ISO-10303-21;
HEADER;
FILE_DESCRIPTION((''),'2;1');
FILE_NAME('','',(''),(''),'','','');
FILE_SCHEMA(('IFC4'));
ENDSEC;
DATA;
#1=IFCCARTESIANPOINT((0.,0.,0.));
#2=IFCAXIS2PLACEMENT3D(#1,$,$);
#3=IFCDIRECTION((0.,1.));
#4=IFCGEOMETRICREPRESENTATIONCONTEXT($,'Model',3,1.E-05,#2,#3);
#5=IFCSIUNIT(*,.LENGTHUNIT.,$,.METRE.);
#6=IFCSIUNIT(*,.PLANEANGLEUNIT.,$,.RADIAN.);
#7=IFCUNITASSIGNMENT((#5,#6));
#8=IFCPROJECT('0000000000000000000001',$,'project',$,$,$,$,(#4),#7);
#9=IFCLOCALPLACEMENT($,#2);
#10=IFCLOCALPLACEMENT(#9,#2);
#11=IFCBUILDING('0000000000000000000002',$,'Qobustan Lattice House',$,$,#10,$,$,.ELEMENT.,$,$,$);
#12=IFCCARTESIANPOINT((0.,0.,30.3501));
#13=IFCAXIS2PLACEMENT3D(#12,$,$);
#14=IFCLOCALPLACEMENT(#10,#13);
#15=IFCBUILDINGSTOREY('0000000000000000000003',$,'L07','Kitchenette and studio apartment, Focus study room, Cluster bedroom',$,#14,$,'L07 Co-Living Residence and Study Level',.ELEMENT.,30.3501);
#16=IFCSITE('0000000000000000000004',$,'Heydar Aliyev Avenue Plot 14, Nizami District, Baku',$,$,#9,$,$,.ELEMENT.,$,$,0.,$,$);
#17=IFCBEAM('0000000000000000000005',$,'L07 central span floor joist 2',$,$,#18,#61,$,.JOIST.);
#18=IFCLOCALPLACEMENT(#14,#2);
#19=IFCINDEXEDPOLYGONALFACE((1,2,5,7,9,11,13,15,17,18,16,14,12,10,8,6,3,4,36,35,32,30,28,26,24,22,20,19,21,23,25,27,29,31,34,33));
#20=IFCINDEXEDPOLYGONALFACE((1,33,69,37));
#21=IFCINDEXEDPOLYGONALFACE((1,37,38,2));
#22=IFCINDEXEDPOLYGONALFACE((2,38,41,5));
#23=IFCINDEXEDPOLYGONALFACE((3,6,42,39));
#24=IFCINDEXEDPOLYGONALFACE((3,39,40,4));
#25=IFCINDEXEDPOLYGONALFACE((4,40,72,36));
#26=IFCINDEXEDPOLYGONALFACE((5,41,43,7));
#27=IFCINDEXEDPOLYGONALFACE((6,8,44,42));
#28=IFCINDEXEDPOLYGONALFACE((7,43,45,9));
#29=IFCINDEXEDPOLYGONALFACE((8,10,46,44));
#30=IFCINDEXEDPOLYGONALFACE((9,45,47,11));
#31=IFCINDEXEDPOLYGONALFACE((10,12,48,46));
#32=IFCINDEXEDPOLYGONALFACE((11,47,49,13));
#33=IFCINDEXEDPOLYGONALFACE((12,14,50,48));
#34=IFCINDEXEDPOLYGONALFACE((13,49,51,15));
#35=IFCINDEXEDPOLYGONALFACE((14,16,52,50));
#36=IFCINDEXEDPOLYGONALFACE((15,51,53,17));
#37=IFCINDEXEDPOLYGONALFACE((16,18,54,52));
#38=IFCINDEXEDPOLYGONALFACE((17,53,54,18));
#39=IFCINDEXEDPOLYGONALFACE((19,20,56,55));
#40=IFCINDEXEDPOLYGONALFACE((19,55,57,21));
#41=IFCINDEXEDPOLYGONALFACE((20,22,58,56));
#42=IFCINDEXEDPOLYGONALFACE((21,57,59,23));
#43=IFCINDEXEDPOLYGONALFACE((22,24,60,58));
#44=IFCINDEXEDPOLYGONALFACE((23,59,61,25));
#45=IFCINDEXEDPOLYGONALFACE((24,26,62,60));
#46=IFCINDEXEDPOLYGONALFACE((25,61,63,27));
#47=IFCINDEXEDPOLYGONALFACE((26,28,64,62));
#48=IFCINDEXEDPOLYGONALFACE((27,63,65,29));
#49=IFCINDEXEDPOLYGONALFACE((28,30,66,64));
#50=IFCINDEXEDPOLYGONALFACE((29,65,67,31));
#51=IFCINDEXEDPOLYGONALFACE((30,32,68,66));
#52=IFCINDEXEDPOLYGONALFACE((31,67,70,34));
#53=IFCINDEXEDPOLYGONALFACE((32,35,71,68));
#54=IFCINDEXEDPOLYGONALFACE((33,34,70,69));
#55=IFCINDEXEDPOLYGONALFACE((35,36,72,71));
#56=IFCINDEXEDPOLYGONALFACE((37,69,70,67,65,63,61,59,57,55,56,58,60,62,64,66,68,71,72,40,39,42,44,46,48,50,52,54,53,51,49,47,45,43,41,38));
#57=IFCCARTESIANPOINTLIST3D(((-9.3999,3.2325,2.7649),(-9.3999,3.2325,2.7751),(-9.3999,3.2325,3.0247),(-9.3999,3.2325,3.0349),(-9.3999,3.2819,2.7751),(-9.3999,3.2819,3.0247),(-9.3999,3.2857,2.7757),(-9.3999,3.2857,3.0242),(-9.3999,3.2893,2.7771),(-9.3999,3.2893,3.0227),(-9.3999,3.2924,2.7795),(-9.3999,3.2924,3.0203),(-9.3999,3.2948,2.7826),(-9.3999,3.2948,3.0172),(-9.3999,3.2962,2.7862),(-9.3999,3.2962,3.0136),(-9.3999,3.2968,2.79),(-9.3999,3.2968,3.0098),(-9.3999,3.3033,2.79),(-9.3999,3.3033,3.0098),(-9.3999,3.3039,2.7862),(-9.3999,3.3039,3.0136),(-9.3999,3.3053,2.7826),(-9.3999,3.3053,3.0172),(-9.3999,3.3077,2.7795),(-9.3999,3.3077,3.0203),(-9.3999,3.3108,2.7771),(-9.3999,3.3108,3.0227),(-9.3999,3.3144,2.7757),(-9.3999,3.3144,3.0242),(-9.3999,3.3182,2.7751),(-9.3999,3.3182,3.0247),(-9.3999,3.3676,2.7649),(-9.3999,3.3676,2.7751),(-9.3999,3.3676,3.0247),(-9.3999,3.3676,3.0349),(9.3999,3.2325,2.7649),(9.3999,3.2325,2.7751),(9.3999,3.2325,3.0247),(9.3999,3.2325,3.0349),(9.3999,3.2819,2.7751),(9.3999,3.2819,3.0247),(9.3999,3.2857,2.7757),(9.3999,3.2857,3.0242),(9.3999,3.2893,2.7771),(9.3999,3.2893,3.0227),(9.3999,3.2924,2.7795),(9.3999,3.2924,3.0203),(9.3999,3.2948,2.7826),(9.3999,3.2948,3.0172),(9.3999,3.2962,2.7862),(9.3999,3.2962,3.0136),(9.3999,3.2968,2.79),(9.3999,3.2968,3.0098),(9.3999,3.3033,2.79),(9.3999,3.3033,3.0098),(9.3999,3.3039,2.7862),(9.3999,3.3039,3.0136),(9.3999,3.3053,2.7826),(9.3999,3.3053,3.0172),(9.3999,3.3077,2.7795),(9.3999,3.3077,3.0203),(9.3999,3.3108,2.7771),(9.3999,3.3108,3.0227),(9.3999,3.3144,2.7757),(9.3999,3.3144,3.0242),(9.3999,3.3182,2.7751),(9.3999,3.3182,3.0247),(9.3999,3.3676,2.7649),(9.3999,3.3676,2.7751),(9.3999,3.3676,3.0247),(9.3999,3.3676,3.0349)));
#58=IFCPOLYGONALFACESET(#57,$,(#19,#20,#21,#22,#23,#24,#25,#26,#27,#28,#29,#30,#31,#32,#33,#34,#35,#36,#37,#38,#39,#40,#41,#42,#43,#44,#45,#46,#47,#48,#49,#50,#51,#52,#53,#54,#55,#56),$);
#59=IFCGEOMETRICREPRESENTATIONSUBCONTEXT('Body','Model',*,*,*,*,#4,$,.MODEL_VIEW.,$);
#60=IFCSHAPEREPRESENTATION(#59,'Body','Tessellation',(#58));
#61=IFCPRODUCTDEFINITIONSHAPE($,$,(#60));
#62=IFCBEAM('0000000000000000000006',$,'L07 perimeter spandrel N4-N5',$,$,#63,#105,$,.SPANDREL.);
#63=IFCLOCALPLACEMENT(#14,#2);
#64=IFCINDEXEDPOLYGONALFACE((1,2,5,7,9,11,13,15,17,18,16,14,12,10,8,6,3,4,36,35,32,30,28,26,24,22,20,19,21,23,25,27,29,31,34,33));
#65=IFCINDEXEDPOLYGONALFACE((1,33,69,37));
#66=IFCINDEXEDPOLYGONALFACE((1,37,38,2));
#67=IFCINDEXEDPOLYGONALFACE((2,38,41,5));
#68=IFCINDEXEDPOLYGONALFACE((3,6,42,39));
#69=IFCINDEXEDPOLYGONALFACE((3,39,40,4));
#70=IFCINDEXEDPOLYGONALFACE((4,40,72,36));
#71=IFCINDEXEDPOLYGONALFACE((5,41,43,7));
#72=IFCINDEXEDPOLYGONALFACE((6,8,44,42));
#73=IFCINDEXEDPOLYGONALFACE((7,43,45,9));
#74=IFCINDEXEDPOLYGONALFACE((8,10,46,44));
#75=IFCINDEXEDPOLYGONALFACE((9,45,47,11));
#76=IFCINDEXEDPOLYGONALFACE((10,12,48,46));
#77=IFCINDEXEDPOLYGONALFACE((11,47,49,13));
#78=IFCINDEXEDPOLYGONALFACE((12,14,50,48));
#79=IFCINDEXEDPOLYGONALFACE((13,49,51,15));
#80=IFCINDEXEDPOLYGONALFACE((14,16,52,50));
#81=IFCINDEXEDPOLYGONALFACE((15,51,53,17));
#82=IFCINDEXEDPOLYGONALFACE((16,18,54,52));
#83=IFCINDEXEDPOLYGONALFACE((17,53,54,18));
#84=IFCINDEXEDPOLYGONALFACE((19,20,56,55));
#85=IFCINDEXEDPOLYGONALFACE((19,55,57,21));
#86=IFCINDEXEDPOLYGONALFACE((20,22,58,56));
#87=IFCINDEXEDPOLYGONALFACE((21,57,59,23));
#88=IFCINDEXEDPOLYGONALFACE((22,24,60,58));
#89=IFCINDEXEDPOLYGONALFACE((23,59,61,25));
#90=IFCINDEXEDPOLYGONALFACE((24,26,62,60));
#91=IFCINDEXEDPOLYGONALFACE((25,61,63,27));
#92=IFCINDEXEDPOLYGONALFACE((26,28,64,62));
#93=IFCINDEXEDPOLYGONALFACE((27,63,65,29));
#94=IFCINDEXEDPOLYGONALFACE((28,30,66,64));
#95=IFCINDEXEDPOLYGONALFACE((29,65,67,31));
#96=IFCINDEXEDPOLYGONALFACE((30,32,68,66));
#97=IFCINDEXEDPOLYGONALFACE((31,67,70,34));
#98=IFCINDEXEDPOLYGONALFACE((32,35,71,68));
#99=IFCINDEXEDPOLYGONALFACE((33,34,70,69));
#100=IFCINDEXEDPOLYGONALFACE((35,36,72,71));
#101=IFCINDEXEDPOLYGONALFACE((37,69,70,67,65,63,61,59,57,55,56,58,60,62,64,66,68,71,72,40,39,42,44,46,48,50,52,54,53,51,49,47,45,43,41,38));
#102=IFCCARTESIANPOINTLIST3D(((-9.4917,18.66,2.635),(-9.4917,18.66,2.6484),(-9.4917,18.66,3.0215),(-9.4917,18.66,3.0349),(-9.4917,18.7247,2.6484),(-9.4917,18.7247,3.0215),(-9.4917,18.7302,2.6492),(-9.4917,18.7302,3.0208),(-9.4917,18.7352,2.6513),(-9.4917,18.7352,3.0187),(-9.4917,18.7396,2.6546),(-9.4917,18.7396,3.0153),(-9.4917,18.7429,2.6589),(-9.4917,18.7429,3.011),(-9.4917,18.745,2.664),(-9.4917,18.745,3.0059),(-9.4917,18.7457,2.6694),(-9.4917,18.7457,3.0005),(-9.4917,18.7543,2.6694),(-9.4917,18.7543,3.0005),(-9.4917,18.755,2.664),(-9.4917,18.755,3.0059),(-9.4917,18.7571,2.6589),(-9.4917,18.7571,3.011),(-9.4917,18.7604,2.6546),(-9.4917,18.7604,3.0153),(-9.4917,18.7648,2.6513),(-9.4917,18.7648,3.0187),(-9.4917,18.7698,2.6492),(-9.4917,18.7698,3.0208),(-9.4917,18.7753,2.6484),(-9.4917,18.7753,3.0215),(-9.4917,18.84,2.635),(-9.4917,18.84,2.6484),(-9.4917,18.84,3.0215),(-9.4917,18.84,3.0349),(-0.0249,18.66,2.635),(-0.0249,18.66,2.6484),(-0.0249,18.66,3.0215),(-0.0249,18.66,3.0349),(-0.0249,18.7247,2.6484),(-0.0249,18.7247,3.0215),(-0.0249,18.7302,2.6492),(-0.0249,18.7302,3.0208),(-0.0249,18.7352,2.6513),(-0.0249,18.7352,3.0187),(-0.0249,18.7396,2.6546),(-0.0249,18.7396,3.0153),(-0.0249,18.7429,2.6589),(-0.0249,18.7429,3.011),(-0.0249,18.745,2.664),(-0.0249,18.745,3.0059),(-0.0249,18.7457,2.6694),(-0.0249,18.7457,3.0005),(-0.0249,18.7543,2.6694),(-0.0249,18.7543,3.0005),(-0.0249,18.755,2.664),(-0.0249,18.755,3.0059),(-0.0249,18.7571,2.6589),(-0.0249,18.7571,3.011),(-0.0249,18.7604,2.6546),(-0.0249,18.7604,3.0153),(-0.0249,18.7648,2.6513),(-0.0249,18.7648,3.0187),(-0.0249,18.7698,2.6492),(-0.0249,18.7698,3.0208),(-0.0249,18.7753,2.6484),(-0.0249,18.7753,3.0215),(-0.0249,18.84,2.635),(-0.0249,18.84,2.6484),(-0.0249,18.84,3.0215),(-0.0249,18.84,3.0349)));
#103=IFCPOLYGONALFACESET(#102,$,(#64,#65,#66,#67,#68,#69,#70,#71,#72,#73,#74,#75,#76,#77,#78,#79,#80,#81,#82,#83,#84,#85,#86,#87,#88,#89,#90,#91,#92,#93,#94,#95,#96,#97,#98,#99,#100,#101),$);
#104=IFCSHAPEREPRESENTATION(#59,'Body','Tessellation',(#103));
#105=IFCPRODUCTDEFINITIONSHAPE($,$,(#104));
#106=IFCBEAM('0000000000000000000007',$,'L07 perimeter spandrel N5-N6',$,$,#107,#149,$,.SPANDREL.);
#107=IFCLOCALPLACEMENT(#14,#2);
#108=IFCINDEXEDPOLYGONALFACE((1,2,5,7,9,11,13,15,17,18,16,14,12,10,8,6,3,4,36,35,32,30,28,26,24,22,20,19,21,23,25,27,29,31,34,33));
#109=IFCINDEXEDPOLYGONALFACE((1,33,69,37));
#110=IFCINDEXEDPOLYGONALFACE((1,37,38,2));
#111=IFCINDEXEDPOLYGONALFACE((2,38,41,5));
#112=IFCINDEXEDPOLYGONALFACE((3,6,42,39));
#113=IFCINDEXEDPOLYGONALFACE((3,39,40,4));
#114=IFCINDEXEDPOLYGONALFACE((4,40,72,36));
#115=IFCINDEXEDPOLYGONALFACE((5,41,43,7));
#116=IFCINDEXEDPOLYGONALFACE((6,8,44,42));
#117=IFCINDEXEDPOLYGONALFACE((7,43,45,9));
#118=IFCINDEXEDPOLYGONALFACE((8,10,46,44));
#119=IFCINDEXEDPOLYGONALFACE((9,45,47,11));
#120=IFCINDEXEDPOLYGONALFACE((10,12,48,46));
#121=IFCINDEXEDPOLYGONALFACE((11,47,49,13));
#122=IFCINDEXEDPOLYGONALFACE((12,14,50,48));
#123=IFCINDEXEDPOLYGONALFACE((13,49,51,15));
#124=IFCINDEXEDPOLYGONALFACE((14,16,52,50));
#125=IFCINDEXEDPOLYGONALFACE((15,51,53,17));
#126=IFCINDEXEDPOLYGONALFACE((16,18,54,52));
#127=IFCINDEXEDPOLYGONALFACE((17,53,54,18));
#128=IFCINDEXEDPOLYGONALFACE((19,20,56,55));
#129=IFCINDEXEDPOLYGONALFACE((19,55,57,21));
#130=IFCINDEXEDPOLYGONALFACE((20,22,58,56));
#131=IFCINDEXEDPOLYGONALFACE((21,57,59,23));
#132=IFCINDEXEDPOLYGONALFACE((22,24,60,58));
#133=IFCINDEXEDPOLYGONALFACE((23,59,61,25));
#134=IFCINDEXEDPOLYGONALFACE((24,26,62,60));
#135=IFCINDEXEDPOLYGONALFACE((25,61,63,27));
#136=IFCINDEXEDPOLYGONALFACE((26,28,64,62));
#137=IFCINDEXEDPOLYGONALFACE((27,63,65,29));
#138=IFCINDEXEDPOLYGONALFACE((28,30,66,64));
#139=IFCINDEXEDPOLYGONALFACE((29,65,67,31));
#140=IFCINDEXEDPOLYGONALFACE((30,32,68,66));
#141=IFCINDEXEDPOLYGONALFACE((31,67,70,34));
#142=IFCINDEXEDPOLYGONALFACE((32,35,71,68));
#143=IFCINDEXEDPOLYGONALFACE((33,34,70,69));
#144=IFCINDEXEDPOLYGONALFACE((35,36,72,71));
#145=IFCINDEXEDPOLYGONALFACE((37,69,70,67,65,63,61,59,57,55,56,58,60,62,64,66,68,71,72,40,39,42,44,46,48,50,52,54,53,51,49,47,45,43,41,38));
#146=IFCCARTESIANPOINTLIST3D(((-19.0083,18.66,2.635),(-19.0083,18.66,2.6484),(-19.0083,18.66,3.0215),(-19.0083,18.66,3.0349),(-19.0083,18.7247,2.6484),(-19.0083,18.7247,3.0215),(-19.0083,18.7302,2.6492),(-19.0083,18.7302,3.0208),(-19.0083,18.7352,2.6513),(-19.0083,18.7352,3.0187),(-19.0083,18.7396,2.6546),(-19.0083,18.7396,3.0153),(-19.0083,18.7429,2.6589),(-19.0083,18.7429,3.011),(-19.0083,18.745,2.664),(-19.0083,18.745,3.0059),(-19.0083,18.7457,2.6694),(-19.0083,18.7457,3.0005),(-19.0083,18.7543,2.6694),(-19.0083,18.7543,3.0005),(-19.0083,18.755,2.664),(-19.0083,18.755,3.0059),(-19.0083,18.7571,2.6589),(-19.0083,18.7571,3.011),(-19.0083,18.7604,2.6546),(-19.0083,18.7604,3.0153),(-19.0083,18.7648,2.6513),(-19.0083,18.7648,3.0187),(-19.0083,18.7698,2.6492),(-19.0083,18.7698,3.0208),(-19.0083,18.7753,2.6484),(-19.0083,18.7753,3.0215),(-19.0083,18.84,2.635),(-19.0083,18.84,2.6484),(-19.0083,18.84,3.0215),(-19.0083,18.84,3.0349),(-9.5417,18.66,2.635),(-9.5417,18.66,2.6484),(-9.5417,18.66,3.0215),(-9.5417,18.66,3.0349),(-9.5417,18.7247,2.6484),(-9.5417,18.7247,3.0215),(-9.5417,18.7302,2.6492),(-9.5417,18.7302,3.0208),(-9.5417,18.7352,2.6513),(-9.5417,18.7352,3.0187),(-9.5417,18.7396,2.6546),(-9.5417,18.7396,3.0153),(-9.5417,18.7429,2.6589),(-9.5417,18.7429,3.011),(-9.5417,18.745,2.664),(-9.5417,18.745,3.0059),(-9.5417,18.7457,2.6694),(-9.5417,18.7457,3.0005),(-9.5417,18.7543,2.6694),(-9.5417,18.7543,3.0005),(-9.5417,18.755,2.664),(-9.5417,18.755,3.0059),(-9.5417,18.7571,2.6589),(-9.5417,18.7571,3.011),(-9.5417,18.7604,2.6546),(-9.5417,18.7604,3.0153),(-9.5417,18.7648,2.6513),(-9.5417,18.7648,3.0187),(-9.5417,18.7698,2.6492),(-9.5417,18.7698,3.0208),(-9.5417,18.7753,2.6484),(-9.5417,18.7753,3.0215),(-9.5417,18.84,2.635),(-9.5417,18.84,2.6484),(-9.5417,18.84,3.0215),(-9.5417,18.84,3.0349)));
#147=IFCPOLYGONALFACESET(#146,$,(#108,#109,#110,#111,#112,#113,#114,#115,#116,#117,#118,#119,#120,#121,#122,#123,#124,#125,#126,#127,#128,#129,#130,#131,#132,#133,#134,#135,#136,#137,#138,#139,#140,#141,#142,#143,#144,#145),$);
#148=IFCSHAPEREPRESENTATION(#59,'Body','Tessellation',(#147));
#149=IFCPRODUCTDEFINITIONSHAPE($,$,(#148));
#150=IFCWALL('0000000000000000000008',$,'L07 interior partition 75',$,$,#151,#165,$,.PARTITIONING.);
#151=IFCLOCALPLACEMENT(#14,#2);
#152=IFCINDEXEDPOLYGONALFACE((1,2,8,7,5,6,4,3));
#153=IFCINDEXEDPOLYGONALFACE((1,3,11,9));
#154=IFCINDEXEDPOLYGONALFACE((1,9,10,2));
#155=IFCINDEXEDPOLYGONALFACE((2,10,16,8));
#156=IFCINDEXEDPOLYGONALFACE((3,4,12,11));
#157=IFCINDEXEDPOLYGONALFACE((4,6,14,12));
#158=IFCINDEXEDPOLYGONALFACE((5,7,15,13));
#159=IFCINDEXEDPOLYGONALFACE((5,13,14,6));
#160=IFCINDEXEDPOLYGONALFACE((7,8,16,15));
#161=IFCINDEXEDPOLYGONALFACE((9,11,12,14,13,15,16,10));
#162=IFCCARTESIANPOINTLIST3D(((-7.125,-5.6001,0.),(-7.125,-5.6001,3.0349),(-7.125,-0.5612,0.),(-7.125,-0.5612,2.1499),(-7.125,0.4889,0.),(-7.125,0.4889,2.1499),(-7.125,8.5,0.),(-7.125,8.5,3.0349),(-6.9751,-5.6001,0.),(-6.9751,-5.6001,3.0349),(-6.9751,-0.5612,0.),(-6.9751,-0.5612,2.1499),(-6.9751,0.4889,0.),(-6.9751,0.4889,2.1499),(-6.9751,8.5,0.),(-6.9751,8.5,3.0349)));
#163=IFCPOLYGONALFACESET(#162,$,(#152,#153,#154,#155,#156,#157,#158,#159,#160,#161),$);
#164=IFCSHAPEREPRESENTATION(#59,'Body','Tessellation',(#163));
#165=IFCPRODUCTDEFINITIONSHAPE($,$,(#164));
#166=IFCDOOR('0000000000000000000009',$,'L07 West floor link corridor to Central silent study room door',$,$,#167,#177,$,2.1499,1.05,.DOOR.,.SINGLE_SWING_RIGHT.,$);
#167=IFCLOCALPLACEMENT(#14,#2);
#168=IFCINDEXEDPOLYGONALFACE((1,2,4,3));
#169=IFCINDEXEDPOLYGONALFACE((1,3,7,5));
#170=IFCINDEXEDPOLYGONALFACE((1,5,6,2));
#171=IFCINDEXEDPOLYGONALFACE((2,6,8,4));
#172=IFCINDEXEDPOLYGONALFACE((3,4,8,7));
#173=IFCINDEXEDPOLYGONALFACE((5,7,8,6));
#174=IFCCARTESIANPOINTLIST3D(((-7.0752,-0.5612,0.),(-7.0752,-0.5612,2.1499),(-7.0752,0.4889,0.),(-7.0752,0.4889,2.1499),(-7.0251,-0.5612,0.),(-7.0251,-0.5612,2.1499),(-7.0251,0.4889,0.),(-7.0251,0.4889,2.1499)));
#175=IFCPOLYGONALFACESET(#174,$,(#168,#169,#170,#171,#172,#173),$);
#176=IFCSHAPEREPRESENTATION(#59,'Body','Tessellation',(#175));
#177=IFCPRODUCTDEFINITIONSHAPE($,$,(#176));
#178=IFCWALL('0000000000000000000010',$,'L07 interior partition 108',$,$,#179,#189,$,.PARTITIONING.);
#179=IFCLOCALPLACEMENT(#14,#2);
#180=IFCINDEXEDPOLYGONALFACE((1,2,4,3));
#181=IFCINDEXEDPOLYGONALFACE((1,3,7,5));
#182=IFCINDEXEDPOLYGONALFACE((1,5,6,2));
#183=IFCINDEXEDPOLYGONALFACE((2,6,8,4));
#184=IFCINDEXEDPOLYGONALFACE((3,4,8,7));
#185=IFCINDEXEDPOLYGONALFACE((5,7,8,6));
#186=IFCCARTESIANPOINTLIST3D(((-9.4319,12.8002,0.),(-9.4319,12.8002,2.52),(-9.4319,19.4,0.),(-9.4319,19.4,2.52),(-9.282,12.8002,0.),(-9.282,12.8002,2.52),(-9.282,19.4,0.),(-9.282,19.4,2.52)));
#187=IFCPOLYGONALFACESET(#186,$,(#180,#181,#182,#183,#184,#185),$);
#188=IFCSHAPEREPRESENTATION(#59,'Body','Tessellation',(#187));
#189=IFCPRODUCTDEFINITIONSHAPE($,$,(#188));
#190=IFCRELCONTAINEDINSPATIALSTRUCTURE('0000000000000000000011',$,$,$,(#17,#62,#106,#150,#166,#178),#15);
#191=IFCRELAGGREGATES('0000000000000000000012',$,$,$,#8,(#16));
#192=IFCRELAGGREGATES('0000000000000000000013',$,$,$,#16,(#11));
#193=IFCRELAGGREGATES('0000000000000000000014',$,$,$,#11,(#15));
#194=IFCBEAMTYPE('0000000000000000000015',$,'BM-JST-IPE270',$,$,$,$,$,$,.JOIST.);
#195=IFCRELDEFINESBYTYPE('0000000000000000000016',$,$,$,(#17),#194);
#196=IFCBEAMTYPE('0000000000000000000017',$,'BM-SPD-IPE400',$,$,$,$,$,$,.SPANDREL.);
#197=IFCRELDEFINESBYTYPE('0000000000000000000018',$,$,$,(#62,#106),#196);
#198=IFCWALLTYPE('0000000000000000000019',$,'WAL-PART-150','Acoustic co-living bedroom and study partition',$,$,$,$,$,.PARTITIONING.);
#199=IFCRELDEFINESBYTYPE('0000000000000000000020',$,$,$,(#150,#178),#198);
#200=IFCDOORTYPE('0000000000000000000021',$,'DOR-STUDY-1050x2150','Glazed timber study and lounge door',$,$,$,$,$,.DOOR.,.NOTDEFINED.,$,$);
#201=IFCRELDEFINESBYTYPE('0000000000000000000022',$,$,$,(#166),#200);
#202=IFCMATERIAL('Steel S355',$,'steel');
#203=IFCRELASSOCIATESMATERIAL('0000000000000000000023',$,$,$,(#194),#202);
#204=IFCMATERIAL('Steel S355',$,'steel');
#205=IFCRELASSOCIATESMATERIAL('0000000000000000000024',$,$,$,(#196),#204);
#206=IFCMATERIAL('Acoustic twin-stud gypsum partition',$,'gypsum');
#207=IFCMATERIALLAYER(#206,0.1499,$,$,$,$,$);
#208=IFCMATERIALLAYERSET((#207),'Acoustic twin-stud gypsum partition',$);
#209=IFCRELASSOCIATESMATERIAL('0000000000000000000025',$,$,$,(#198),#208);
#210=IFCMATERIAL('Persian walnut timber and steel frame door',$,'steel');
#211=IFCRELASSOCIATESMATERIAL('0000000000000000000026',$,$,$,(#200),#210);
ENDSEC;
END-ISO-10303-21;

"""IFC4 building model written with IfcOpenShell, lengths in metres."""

from ifc_helpers import new_model, si_unit, direction, frame, frame_2d, origin, origin_2d, place, context, subcontext, project, spatial, rectangle, i_section, extrude, material, layer, layer_set, material_profile, profile_set, type_object, element, fill, save


model = new_model("IFC4")

# Units and contexts
model_context = context("Model", 3, precision=1e-05, world=origin(), true_north=direction((0.0, 1.0)))
body_context = subcontext(model_context, "Body", "Model", "MODEL_VIEW")
ifc_project = project(units=[si_unit("LENGTHUNIT", "METRE"), si_unit("PLANEANGLEUNIT", "RADIAN")], contexts=[model_context])

# Site, building, storey
site_placement = place(None, origin())
site = spatial("IfcSite", under=ifc_project, at=site_placement, Name="Heydar Aliyev Avenue Plot 14, Nizami District, Baku", CompositionType="ELEMENT", RefElevation=0.0)
building_placement = place(site_placement, origin())
building = spatial("IfcBuilding", under=site, at=building_placement, Name="Qobustan Lattice House", CompositionType="ELEMENT")
storey_placement = place(building_placement, frame((0.0, 0.0, 30.3501)))
storey = spatial("IfcBuildingStorey", under=building, at=storey_placement, Name="L07", Description="Kitchenette and studio apartment, Focus study room, Cluster bedroom", LongName="L07 Co-Living Residence and Study Level", CompositionType="ELEMENT", Elevation=30.3501)

# Beams
ifc_material_1 = material(Name="Steel S355", Category="steel")
ifc_material_profile_1 = material_profile(ifc_material_1, i_section(OverallWidth=0.135, OverallDepth=0.27, WebThickness=0.0066, FlangeThickness=0.0103, FilletRadius=0.0149, at=origin_2d()), Name="IPE270")
ifc_profile_set_1 = profile_set([ifc_material_profile_1], Name="Steel S355")
beam_type_1 = type_object("IfcBeamType", Name="BM-JST-IPE270", PredefinedType="JOIST", material=ifc_profile_set_1)
beam_1_placement = place(storey_placement, frame((-9.3999, 3.3, 2.8999), z_axis=(1.0, 0.0, 0.0), x_axis=(0.0, 1.0, 0.0)))
element("IfcBeam", 1, at=beam_1_placement, inside=storey, type_object=beam_type_1, Name="L07 central span floor joist 2", PredefinedType="JOIST", context=body_context, shape_type="SweptSolid", body=[
    extrude(i_section(OverallWidth=0.135, OverallDepth=0.27, WebThickness=0.0066, FlangeThickness=0.0103, FilletRadius=0.0149, at=origin_2d()), origin(), (0.0, 0.0, 1.0), 18.7998),
])
ifc_material_2 = material(Name="Steel S355", Category="steel")
ifc_material_profile_2 = material_profile(ifc_material_2, i_section(OverallWidth=0.1799, OverallDepth=0.3999, WebThickness=0.0085, FlangeThickness=0.0134, FilletRadius=0.021, at=origin_2d()), Name="IPE400")
ifc_profile_set_2 = profile_set([ifc_material_profile_2], Name="Steel S355")
beam_type_2 = type_object("IfcBeamType", Name="BM-SPD-IPE400", PredefinedType="SPANDREL", material=ifc_profile_set_2)
beam_2_placement = place(storey_placement, frame((-0.0249, 18.75, 2.835), z_axis=(-1.0, 0.0, 0.0), x_axis=(0.0, -1.0, 0.0)))
element("IfcBeam", 2, at=beam_2_placement, inside=storey, type_object=beam_type_2, Name="L07 perimeter spandrel N4-N5", PredefinedType="SPANDREL", context=body_context, shape_type="SweptSolid", body=[
    extrude(i_section(OverallWidth=0.1799, OverallDepth=0.3999, WebThickness=0.0085, FlangeThickness=0.0134, FilletRadius=0.021, at=origin_2d()), origin(), (0.0, 0.0, 1.0), 9.4668),
])
beam_3_placement = place(storey_placement, frame((-9.5417, 18.75, 2.835), z_axis=(-1.0, 0.0, 0.0), x_axis=(0.0, -1.0, 0.0)))
element("IfcBeam", 3, at=beam_3_placement, inside=storey, type_object=beam_type_2, Name="L07 perimeter spandrel N5-N6", PredefinedType="SPANDREL", context=body_context, shape_type="SweptSolid", body=[
    extrude(i_section(OverallWidth=0.1799, OverallDepth=0.3999, WebThickness=0.0085, FlangeThickness=0.0134, FilletRadius=0.021, at=origin_2d()), origin(), (0.0, 0.0, 1.0), 9.4666),
])

# Wall, opening, door
ifc_material_3 = material(Name="Acoustic twin-stud gypsum partition", Category="gypsum")
ifc_layer_1 = layer(ifc_material_3, 0.1499)
ifc_layer_set_1 = layer_set([ifc_layer_1], Name="Acoustic twin-stud gypsum partition")
wall_type_1 = type_object("IfcWallType", Name="WAL-PART-150", Description="Acoustic co-living bedroom and study partition", PredefinedType="PARTITIONING", material=ifc_layer_set_1)
wall_1_placement = place(storey_placement, frame((-7.05, 8.5, 0.0), z_axis=(0.0, 0.0, 1.0), x_axis=(0.0, -1.0, 0.0)))
wall_1 = element("IfcWall", 4, at=wall_1_placement, inside=storey, type_object=wall_type_1, Name="L07 interior partition 75", PredefinedType="PARTITIONING", context=body_context, shape_type="SweptSolid", body=[
    extrude(rectangle(XDim=14.1001, YDim=0.1499, at=frame_2d((7.05, 0.0))), origin(), (0.0, 0.0, 1.0), 3.0349),
])
opening_1_placement = place(wall_1_placement, frame((8.0112, 0.0, 0.0)))
opening_1 = element("IfcOpeningElement", 5, at=opening_1_placement, cuts=wall_1, PredefinedType="OPENING", context=body_context, shape_type="SweptSolid", body=[
    extrude(rectangle(XDim=1.05, YDim=2.1499, at=frame_2d((0.5249, 1.075))), frame((0.0, 0.085, 0.0), z_axis=(0.0, -1.0, 0.0), x_axis=(1.0, 0.0, 0.0)), (0.0, 0.0, 1.0), 0.1699),
])
ifc_material_4 = material(Name="Persian walnut timber and steel frame door", Category="steel")
door_type_1 = type_object("IfcDoorType", Name="DOR-STUDY-1050x2150", Description="Glazed timber study and lounge door", OperationType="NOTDEFINED", PredefinedType="DOOR", material=ifc_material_4)
door_1_placement = place(opening_1_placement, origin())
door_1 = element("IfcDoor", 6, at=door_1_placement, inside=storey, type_object=door_type_1, Name="L07 West floor link corridor to Central silent study room door", OperationType="SINGLE_SWING_RIGHT", OverallHeight=2.1499, OverallWidth=1.05, PredefinedType="DOOR", context=body_context, shape_type="SweptSolid", body=[
    extrude(rectangle(XDim=1.05, YDim=2.1499, at=frame_2d((0.5249, 1.075))), frame((0.0, 0.0249, 0.0), z_axis=(0.0, -1.0, 0.0), x_axis=(1.0, 0.0, 0.0)), (0.0, 0.0, 1.0), 0.05),
])
fill(opening_1, door_1)

# Wall
wall_2_placement = place(storey_placement, frame((-9.3569, 19.3999, 0.0), z_axis=(0.0, 0.0, 1.0), x_axis=(0.0, -1.0, 0.0)))
element("IfcWall", 7, at=wall_2_placement, inside=storey, type_object=wall_type_1, Name="L07 interior partition 108", PredefinedType="PARTITIONING", context=body_context, shape_type="SweptSolid", body=[
    extrude(rectangle(XDim=6.5999, YDim=0.1499, at=frame_2d((3.2998, 0.0))), origin(), (0.0, 0.0, 1.0), 2.52),
])

save(model, "model.ifc")
